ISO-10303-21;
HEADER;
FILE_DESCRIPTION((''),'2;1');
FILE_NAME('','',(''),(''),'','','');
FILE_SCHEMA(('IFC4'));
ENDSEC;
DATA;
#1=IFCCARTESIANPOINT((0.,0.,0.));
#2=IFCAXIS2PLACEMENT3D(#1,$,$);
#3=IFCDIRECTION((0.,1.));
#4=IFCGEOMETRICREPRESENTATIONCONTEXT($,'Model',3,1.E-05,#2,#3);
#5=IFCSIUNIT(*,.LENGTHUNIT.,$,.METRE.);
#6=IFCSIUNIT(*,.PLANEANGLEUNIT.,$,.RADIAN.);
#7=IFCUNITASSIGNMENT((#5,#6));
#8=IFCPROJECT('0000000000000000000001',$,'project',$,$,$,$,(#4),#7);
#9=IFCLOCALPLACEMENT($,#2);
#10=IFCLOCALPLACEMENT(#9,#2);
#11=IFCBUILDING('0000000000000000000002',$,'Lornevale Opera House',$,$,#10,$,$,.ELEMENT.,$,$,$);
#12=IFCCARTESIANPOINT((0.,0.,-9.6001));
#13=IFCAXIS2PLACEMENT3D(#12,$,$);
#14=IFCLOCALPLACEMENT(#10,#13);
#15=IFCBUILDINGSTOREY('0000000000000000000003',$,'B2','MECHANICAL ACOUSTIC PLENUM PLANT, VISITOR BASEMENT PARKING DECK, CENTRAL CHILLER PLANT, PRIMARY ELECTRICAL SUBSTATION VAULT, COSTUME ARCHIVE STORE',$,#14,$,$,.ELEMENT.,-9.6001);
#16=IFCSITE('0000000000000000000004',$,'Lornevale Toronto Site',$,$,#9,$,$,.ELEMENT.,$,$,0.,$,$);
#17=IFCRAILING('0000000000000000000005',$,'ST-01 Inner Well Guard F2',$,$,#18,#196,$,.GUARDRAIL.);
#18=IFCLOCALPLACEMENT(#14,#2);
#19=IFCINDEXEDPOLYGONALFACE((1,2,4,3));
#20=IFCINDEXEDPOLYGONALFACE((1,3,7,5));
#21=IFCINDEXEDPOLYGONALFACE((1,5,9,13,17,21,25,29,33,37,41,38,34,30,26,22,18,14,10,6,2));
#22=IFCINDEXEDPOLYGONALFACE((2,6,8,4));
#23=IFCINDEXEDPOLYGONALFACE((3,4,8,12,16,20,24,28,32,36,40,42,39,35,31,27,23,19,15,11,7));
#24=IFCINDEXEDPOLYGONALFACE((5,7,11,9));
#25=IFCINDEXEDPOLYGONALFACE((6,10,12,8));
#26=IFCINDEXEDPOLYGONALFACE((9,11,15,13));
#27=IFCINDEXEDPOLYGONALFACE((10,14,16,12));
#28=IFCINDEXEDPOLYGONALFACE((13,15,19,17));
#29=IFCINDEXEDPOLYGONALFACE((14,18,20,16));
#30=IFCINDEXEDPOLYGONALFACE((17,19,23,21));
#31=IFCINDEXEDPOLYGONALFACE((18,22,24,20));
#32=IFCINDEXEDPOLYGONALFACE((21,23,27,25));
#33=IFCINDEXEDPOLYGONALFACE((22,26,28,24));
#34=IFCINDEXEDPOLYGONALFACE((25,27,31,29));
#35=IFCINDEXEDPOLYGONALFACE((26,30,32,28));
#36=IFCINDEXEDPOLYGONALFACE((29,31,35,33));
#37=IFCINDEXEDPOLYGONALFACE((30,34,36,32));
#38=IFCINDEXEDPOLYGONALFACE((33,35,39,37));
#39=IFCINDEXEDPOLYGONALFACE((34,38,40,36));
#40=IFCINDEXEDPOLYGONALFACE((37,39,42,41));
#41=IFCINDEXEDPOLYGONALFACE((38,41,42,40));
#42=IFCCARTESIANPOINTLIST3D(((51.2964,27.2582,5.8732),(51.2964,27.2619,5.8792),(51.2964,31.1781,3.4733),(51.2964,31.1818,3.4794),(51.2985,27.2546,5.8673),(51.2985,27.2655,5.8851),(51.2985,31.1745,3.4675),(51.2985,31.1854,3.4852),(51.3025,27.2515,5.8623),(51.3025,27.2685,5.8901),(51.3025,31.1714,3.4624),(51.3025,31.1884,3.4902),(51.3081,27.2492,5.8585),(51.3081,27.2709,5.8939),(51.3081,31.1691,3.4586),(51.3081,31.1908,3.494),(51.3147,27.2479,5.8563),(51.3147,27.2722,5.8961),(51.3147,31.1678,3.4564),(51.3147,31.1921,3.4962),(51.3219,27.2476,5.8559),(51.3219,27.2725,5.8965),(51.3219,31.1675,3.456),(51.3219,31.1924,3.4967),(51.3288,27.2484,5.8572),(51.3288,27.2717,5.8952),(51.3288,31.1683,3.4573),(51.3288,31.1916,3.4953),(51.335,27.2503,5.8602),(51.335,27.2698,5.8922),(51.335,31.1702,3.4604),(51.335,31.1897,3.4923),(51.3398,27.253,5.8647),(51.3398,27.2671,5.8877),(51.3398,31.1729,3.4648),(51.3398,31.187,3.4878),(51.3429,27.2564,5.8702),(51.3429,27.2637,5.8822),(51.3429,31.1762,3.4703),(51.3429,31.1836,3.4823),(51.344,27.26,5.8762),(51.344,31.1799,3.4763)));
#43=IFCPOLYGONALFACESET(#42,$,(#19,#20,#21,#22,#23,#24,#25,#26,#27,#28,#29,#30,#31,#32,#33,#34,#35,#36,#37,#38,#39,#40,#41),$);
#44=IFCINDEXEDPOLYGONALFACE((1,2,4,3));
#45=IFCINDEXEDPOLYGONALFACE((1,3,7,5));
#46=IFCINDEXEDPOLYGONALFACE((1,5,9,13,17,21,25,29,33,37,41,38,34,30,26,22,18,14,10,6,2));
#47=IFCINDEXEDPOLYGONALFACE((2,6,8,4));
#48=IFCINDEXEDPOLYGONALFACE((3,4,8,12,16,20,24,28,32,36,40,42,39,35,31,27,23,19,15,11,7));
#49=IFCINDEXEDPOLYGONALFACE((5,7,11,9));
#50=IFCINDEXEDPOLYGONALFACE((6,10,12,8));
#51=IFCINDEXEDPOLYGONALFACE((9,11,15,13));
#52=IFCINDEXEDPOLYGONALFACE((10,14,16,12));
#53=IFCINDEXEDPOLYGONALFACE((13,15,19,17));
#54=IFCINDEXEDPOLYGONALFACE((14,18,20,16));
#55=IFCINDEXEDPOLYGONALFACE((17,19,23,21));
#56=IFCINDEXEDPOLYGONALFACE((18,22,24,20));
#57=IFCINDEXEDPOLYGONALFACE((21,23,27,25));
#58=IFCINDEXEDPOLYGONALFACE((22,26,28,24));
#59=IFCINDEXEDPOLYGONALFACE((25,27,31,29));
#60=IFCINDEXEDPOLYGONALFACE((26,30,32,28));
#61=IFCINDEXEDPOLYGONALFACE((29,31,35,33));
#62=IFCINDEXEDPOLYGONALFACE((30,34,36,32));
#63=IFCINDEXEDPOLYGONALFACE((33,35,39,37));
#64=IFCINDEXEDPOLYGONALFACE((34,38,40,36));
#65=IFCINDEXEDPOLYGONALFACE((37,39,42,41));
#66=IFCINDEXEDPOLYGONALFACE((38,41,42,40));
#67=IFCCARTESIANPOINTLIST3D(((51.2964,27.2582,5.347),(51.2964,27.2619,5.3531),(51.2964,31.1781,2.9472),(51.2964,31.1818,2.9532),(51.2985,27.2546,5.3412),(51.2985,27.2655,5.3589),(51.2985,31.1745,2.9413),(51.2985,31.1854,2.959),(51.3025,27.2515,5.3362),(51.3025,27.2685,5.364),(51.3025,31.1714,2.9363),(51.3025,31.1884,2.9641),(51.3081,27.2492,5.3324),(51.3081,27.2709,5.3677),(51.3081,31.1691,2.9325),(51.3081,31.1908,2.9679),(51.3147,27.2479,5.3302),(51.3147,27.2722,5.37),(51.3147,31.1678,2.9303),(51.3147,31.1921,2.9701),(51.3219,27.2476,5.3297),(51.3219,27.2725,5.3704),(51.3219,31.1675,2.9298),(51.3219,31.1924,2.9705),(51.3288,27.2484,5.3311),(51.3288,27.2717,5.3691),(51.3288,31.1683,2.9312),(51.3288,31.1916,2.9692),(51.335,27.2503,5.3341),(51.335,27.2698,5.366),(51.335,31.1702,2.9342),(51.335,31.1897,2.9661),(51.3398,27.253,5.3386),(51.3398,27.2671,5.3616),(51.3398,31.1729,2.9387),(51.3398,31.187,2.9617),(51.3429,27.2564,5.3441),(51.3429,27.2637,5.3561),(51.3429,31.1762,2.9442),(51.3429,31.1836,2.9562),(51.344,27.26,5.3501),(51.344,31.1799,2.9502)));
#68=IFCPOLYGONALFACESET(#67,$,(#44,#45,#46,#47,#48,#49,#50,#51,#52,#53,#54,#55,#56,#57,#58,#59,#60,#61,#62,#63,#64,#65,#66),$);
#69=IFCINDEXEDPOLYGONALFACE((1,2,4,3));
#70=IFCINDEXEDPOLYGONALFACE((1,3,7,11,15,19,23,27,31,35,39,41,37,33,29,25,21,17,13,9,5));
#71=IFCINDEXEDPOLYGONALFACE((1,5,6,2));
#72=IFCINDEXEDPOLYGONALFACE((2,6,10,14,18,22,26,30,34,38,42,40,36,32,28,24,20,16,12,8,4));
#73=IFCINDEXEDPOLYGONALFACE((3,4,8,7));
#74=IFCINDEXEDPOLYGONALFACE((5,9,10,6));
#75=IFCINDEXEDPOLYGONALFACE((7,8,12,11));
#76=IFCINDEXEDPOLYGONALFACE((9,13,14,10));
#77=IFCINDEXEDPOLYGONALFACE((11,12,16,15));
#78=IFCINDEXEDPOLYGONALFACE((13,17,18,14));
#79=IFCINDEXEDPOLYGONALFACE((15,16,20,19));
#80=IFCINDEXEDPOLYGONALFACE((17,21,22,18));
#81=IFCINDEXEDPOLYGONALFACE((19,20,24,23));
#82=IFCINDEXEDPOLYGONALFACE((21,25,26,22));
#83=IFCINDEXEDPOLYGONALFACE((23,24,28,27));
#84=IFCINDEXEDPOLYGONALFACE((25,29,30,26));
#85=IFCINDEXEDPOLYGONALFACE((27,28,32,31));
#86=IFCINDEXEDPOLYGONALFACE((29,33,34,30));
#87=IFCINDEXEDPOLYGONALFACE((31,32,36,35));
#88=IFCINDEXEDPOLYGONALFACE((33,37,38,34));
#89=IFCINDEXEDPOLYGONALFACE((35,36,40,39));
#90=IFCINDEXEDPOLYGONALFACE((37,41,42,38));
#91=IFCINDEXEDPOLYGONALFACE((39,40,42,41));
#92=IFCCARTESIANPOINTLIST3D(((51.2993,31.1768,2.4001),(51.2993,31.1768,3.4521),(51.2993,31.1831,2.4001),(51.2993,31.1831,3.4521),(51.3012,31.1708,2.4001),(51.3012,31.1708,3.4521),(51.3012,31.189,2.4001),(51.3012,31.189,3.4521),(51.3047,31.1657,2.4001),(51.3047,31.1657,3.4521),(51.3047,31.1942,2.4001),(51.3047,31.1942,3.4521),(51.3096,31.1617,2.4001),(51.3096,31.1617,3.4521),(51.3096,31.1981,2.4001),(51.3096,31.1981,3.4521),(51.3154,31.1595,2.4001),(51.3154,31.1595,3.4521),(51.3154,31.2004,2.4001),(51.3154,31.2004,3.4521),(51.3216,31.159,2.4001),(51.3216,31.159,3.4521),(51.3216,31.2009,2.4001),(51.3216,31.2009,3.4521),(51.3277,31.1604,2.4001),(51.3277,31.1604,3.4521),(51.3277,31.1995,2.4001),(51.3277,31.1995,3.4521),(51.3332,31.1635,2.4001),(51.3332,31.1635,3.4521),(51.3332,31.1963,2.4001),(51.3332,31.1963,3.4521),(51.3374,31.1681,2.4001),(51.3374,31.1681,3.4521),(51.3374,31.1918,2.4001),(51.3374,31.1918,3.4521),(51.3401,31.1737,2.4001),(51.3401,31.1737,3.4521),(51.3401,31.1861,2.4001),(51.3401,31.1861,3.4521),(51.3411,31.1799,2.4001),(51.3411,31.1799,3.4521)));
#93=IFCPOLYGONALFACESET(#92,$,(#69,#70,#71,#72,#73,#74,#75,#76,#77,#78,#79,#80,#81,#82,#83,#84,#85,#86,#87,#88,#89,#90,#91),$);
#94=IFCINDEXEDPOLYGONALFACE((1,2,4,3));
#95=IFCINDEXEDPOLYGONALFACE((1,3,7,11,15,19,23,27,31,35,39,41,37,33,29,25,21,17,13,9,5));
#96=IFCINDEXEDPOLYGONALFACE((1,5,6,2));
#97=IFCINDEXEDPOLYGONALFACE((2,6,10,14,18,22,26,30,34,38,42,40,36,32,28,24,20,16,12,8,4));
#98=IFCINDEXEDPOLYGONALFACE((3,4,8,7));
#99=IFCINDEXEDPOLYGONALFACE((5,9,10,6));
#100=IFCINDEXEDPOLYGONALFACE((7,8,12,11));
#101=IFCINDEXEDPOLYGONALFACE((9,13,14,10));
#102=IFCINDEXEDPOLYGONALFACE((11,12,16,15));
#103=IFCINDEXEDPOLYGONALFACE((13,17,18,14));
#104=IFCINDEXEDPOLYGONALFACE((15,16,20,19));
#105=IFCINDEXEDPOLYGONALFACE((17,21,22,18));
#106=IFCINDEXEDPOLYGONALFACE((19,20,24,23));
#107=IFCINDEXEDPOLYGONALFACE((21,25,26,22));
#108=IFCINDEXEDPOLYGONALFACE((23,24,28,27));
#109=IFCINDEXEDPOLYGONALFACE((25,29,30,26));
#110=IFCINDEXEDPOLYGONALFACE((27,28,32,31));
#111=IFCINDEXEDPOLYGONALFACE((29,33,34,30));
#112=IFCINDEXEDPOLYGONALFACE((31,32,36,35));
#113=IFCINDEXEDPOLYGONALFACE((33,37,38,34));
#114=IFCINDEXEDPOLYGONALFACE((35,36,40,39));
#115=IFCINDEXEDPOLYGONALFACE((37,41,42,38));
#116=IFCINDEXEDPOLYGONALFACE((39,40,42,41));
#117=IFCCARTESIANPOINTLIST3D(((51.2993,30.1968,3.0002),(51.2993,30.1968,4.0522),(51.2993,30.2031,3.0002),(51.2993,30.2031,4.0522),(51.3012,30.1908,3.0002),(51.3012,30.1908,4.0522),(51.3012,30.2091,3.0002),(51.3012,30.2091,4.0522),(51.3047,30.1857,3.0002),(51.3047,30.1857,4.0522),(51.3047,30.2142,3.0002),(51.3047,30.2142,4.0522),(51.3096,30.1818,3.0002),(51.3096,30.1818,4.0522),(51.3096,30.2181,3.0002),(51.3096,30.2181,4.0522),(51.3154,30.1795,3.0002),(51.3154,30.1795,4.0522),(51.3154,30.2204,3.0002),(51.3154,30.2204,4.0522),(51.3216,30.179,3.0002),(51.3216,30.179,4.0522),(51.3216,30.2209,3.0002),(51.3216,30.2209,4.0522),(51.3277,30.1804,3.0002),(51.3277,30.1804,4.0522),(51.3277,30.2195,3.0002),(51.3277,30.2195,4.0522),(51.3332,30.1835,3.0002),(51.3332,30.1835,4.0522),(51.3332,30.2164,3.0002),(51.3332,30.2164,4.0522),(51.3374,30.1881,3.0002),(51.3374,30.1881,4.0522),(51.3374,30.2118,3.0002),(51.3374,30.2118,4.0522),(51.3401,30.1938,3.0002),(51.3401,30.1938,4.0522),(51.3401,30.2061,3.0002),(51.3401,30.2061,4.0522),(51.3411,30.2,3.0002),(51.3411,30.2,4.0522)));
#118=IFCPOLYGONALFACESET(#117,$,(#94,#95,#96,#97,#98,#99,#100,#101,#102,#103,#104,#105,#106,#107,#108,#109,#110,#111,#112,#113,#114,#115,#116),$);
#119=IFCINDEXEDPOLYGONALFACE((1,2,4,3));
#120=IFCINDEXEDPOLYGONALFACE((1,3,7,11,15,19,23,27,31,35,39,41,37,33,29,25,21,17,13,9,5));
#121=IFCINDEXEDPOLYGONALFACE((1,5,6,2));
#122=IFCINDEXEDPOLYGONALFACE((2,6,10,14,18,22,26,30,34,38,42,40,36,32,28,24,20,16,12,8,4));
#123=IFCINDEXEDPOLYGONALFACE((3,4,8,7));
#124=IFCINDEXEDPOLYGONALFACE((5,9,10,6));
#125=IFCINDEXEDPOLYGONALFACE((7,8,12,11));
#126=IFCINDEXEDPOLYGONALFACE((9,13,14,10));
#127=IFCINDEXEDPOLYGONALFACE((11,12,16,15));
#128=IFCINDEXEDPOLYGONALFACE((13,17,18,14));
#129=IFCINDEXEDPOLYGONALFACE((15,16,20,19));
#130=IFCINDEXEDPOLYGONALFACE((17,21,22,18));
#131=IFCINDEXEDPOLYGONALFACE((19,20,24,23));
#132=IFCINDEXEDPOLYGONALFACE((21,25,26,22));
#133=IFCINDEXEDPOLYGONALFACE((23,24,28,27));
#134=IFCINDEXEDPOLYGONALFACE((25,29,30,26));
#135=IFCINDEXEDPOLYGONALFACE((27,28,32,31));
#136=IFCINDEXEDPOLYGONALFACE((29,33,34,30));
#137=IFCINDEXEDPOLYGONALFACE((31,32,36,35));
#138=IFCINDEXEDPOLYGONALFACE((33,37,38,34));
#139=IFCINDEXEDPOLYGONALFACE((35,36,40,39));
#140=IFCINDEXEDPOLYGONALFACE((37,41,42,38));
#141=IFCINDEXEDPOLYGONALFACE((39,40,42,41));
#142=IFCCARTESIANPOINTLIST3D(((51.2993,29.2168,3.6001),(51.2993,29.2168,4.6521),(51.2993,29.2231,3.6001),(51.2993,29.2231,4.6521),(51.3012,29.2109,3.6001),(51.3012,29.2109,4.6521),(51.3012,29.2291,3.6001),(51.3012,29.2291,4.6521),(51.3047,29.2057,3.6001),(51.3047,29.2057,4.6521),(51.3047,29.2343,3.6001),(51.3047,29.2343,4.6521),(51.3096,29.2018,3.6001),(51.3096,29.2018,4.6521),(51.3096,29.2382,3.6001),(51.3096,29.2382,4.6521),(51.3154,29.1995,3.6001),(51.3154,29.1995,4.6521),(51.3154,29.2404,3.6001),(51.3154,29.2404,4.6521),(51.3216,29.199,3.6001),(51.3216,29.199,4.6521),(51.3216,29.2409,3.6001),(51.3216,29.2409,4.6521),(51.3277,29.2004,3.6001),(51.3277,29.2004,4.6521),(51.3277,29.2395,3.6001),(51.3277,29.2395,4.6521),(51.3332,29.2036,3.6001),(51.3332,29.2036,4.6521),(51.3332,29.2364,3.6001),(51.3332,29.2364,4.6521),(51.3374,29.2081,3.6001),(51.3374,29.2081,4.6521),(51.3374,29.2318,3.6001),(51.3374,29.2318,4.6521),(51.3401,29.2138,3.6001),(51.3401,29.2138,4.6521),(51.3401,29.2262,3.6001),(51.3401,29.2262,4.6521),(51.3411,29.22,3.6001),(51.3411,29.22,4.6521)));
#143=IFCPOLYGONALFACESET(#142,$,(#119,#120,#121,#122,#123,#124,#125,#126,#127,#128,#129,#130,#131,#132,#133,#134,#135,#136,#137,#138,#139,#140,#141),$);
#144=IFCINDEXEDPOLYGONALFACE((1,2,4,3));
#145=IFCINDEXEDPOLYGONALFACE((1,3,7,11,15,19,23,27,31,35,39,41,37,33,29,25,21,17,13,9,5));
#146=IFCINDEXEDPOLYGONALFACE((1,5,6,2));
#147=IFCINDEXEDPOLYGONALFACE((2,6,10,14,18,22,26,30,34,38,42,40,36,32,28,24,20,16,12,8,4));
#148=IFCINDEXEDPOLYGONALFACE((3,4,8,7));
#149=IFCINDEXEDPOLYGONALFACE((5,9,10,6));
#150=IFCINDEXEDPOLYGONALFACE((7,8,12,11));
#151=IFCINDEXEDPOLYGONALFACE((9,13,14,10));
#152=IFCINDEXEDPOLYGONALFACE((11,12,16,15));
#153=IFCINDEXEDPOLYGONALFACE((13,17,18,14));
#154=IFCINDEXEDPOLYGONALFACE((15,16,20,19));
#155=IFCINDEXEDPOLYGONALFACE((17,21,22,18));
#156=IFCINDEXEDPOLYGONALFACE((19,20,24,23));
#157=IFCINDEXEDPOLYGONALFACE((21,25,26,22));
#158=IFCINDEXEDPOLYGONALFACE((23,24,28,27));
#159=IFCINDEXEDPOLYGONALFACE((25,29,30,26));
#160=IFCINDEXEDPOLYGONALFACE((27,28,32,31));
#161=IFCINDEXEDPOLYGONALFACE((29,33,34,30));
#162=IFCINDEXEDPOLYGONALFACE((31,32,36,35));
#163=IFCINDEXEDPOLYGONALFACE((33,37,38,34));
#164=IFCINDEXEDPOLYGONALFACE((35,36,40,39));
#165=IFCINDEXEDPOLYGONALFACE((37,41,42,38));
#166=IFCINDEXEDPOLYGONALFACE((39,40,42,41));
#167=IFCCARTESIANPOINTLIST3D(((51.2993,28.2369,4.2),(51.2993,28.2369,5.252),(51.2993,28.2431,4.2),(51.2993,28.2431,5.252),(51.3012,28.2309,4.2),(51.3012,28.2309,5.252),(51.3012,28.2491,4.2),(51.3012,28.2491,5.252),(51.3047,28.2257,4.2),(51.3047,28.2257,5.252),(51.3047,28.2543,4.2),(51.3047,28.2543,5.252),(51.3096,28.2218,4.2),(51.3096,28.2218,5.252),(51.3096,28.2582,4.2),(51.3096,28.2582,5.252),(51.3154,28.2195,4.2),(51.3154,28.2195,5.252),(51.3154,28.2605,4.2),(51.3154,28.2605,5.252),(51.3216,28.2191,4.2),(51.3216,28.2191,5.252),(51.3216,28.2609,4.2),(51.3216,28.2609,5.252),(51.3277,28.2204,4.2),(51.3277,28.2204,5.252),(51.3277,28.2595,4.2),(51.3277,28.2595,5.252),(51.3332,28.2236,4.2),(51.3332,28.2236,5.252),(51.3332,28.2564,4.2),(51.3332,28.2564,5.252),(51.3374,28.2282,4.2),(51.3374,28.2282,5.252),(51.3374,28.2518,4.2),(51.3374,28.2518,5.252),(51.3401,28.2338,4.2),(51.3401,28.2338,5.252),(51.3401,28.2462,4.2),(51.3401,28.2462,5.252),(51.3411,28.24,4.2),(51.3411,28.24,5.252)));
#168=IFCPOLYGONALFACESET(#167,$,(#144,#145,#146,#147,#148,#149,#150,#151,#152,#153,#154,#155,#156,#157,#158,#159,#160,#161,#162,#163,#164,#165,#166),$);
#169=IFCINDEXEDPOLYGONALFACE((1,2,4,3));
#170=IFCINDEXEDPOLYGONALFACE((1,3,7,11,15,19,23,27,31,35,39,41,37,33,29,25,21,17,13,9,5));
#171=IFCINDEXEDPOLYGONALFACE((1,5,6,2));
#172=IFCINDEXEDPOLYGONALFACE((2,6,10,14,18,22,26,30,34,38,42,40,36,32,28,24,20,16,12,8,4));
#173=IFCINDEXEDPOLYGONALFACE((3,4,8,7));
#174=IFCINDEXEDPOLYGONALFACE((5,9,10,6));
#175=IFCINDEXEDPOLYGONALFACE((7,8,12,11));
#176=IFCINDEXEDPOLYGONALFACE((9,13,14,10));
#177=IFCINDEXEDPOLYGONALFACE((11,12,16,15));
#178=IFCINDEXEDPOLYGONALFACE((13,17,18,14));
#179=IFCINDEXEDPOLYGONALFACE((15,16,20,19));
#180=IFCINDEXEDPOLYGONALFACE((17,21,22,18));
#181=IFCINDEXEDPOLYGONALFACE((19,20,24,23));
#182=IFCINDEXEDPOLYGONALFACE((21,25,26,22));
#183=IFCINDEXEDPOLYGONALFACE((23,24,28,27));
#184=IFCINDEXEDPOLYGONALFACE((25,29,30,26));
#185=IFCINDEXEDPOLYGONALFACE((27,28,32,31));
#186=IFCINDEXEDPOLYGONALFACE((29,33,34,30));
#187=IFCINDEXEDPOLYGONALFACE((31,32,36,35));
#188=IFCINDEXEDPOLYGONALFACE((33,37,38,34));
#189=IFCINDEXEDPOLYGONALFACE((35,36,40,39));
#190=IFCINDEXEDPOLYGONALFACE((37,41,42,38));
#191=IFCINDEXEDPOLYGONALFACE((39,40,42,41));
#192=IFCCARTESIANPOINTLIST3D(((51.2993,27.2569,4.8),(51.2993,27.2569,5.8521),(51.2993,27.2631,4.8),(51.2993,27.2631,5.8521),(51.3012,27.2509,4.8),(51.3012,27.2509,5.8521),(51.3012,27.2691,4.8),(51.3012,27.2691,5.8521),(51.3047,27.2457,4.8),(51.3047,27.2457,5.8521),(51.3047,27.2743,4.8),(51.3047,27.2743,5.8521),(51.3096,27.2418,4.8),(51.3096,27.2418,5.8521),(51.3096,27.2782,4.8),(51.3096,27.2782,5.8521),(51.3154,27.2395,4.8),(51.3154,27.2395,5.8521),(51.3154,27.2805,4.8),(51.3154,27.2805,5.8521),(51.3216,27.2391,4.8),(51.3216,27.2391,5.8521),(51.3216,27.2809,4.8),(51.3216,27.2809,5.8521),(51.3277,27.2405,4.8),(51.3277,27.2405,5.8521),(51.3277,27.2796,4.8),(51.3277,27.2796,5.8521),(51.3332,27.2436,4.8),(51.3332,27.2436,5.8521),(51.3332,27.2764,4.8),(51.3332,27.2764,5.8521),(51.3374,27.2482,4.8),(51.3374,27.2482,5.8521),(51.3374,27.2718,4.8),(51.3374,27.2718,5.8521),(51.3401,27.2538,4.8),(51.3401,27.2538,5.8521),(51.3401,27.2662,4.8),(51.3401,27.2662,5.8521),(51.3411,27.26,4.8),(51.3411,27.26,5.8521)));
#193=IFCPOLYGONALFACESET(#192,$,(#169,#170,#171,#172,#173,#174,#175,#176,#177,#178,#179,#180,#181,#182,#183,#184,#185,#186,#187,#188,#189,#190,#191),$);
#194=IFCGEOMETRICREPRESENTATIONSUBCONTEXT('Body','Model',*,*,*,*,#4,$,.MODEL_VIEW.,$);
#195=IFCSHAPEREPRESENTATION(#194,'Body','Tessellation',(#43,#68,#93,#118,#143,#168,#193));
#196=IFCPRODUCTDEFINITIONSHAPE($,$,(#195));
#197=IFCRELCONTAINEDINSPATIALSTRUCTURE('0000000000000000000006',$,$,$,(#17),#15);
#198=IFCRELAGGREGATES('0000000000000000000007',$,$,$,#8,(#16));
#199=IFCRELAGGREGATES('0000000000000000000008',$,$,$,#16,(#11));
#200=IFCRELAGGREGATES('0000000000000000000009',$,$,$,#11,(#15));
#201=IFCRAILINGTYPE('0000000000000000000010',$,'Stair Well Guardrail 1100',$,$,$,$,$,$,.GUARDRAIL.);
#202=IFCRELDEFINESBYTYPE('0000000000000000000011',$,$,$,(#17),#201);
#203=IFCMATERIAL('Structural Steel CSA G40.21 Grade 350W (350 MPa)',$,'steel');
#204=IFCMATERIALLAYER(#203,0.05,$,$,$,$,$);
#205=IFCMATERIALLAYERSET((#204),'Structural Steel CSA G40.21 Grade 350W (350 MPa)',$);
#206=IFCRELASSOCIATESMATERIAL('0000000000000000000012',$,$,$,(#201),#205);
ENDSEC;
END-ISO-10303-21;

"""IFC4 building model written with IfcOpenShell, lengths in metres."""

from ifc_helpers import new_model, si_unit, direction, frame, origin, origin_2d, place, context, subcontext, project, spatial, circle, extrude, material, layer, layer_set, type_object, element, save


model = new_model("IFC4")

# Units and contexts
model_context = context("Model", 3, precision=1e-05, world=origin(), true_north=direction((0.0, 1.0)))
body_context = subcontext(model_context, "Body", "Model", "MODEL_VIEW")
ifc_project = project(units=[si_unit("LENGTHUNIT", "METRE"), si_unit("PLANEANGLEUNIT", "RADIAN")], contexts=[model_context])

# Site, building, storey
site_placement = place(None, origin())
site = spatial("IfcSite", under=ifc_project, at=site_placement, Name="Lornevale Toronto Site", CompositionType="ELEMENT", RefElevation=0.0)
building_placement = place(site_placement, origin())
building = spatial("IfcBuilding", under=site, at=building_placement, Name="Lornevale Opera House", CompositionType="ELEMENT")
storey_placement = place(building_placement, frame((0.0, 0.0, -9.6001)))
storey = spatial("IfcBuildingStorey", under=building, at=storey_placement, Name="B2", Description="MECHANICAL ACOUSTIC PLENUM PLANT, VISITOR BASEMENT PARKING DECK, CENTRAL CHILLER PLANT, PRIMARY ELECTRICAL SUBSTATION VAULT, COSTUME ARCHIVE STORE", CompositionType="ELEMENT", Elevation=-9.6001)

# Railing
ifc_material_1 = material(Name="Structural Steel CSA G40.21 Grade 350W (350 MPa)", Category="steel")
ifc_layer_1 = layer(ifc_material_1, 0.05)
ifc_layer_set_1 = layer_set([ifc_layer_1], Name="Structural Steel CSA G40.21 Grade 350W (350 MPa)")
railing_type_1 = type_object("IfcRailingType", Name="Stair Well Guardrail 1100", PredefinedType="GUARDRAIL", material=ifc_layer_set_1)
railing_1_placement = place(storey_placement, frame((51.3201, 31.1799, 2.4001)))
element("IfcRailing", 1, at=railing_1_placement, inside=storey, type_object=railing_type_1, Name="ST-01 Inner Well Guard F2", PredefinedType="GUARDRAIL", context=body_context, shape_type="SweptSolid", body=[
    extrude(circle(Radius=0.0239, at=origin_2d()), frame((0.0, 0.0, 1.0762), z_axis=(0.0, -0.852856, 0.522146), x_axis=(1.0, 0.0, 0.0)), (0.0, 0.0, 1.0), 4.5962),
    extrude(circle(Radius=0.0239, at=origin_2d()), frame((0.0, 0.0, 0.55), z_axis=(0.0, -0.852856, 0.522146), x_axis=(1.0, 0.0, 0.0)), (0.0, 0.0, 1.0), 4.5962),
    extrude(circle(Radius=0.021, at=origin_2d()), origin(), (0.0, 0.0, 1.0), 1.052),
    extrude(circle(Radius=0.021, at=origin_2d()), frame((0.0, -0.98, 0.6001)), (0.0, 0.0, 1.0), 1.052),
    extrude(circle(Radius=0.021, at=origin_2d()), frame((0.0, -1.96, 1.2)), (0.0, 0.0, 1.0), 1.052),
    extrude(circle(Radius=0.021, at=origin_2d()), frame((0.0, -2.9399, 1.7998)), (0.0, 0.0, 1.0), 1.052),
    extrude(circle(Radius=0.021, at=origin_2d()), frame((0.0, -3.9199, 2.3999)), (0.0, 0.0, 1.0), 1.052),
])

save(model, "model.ifc")
